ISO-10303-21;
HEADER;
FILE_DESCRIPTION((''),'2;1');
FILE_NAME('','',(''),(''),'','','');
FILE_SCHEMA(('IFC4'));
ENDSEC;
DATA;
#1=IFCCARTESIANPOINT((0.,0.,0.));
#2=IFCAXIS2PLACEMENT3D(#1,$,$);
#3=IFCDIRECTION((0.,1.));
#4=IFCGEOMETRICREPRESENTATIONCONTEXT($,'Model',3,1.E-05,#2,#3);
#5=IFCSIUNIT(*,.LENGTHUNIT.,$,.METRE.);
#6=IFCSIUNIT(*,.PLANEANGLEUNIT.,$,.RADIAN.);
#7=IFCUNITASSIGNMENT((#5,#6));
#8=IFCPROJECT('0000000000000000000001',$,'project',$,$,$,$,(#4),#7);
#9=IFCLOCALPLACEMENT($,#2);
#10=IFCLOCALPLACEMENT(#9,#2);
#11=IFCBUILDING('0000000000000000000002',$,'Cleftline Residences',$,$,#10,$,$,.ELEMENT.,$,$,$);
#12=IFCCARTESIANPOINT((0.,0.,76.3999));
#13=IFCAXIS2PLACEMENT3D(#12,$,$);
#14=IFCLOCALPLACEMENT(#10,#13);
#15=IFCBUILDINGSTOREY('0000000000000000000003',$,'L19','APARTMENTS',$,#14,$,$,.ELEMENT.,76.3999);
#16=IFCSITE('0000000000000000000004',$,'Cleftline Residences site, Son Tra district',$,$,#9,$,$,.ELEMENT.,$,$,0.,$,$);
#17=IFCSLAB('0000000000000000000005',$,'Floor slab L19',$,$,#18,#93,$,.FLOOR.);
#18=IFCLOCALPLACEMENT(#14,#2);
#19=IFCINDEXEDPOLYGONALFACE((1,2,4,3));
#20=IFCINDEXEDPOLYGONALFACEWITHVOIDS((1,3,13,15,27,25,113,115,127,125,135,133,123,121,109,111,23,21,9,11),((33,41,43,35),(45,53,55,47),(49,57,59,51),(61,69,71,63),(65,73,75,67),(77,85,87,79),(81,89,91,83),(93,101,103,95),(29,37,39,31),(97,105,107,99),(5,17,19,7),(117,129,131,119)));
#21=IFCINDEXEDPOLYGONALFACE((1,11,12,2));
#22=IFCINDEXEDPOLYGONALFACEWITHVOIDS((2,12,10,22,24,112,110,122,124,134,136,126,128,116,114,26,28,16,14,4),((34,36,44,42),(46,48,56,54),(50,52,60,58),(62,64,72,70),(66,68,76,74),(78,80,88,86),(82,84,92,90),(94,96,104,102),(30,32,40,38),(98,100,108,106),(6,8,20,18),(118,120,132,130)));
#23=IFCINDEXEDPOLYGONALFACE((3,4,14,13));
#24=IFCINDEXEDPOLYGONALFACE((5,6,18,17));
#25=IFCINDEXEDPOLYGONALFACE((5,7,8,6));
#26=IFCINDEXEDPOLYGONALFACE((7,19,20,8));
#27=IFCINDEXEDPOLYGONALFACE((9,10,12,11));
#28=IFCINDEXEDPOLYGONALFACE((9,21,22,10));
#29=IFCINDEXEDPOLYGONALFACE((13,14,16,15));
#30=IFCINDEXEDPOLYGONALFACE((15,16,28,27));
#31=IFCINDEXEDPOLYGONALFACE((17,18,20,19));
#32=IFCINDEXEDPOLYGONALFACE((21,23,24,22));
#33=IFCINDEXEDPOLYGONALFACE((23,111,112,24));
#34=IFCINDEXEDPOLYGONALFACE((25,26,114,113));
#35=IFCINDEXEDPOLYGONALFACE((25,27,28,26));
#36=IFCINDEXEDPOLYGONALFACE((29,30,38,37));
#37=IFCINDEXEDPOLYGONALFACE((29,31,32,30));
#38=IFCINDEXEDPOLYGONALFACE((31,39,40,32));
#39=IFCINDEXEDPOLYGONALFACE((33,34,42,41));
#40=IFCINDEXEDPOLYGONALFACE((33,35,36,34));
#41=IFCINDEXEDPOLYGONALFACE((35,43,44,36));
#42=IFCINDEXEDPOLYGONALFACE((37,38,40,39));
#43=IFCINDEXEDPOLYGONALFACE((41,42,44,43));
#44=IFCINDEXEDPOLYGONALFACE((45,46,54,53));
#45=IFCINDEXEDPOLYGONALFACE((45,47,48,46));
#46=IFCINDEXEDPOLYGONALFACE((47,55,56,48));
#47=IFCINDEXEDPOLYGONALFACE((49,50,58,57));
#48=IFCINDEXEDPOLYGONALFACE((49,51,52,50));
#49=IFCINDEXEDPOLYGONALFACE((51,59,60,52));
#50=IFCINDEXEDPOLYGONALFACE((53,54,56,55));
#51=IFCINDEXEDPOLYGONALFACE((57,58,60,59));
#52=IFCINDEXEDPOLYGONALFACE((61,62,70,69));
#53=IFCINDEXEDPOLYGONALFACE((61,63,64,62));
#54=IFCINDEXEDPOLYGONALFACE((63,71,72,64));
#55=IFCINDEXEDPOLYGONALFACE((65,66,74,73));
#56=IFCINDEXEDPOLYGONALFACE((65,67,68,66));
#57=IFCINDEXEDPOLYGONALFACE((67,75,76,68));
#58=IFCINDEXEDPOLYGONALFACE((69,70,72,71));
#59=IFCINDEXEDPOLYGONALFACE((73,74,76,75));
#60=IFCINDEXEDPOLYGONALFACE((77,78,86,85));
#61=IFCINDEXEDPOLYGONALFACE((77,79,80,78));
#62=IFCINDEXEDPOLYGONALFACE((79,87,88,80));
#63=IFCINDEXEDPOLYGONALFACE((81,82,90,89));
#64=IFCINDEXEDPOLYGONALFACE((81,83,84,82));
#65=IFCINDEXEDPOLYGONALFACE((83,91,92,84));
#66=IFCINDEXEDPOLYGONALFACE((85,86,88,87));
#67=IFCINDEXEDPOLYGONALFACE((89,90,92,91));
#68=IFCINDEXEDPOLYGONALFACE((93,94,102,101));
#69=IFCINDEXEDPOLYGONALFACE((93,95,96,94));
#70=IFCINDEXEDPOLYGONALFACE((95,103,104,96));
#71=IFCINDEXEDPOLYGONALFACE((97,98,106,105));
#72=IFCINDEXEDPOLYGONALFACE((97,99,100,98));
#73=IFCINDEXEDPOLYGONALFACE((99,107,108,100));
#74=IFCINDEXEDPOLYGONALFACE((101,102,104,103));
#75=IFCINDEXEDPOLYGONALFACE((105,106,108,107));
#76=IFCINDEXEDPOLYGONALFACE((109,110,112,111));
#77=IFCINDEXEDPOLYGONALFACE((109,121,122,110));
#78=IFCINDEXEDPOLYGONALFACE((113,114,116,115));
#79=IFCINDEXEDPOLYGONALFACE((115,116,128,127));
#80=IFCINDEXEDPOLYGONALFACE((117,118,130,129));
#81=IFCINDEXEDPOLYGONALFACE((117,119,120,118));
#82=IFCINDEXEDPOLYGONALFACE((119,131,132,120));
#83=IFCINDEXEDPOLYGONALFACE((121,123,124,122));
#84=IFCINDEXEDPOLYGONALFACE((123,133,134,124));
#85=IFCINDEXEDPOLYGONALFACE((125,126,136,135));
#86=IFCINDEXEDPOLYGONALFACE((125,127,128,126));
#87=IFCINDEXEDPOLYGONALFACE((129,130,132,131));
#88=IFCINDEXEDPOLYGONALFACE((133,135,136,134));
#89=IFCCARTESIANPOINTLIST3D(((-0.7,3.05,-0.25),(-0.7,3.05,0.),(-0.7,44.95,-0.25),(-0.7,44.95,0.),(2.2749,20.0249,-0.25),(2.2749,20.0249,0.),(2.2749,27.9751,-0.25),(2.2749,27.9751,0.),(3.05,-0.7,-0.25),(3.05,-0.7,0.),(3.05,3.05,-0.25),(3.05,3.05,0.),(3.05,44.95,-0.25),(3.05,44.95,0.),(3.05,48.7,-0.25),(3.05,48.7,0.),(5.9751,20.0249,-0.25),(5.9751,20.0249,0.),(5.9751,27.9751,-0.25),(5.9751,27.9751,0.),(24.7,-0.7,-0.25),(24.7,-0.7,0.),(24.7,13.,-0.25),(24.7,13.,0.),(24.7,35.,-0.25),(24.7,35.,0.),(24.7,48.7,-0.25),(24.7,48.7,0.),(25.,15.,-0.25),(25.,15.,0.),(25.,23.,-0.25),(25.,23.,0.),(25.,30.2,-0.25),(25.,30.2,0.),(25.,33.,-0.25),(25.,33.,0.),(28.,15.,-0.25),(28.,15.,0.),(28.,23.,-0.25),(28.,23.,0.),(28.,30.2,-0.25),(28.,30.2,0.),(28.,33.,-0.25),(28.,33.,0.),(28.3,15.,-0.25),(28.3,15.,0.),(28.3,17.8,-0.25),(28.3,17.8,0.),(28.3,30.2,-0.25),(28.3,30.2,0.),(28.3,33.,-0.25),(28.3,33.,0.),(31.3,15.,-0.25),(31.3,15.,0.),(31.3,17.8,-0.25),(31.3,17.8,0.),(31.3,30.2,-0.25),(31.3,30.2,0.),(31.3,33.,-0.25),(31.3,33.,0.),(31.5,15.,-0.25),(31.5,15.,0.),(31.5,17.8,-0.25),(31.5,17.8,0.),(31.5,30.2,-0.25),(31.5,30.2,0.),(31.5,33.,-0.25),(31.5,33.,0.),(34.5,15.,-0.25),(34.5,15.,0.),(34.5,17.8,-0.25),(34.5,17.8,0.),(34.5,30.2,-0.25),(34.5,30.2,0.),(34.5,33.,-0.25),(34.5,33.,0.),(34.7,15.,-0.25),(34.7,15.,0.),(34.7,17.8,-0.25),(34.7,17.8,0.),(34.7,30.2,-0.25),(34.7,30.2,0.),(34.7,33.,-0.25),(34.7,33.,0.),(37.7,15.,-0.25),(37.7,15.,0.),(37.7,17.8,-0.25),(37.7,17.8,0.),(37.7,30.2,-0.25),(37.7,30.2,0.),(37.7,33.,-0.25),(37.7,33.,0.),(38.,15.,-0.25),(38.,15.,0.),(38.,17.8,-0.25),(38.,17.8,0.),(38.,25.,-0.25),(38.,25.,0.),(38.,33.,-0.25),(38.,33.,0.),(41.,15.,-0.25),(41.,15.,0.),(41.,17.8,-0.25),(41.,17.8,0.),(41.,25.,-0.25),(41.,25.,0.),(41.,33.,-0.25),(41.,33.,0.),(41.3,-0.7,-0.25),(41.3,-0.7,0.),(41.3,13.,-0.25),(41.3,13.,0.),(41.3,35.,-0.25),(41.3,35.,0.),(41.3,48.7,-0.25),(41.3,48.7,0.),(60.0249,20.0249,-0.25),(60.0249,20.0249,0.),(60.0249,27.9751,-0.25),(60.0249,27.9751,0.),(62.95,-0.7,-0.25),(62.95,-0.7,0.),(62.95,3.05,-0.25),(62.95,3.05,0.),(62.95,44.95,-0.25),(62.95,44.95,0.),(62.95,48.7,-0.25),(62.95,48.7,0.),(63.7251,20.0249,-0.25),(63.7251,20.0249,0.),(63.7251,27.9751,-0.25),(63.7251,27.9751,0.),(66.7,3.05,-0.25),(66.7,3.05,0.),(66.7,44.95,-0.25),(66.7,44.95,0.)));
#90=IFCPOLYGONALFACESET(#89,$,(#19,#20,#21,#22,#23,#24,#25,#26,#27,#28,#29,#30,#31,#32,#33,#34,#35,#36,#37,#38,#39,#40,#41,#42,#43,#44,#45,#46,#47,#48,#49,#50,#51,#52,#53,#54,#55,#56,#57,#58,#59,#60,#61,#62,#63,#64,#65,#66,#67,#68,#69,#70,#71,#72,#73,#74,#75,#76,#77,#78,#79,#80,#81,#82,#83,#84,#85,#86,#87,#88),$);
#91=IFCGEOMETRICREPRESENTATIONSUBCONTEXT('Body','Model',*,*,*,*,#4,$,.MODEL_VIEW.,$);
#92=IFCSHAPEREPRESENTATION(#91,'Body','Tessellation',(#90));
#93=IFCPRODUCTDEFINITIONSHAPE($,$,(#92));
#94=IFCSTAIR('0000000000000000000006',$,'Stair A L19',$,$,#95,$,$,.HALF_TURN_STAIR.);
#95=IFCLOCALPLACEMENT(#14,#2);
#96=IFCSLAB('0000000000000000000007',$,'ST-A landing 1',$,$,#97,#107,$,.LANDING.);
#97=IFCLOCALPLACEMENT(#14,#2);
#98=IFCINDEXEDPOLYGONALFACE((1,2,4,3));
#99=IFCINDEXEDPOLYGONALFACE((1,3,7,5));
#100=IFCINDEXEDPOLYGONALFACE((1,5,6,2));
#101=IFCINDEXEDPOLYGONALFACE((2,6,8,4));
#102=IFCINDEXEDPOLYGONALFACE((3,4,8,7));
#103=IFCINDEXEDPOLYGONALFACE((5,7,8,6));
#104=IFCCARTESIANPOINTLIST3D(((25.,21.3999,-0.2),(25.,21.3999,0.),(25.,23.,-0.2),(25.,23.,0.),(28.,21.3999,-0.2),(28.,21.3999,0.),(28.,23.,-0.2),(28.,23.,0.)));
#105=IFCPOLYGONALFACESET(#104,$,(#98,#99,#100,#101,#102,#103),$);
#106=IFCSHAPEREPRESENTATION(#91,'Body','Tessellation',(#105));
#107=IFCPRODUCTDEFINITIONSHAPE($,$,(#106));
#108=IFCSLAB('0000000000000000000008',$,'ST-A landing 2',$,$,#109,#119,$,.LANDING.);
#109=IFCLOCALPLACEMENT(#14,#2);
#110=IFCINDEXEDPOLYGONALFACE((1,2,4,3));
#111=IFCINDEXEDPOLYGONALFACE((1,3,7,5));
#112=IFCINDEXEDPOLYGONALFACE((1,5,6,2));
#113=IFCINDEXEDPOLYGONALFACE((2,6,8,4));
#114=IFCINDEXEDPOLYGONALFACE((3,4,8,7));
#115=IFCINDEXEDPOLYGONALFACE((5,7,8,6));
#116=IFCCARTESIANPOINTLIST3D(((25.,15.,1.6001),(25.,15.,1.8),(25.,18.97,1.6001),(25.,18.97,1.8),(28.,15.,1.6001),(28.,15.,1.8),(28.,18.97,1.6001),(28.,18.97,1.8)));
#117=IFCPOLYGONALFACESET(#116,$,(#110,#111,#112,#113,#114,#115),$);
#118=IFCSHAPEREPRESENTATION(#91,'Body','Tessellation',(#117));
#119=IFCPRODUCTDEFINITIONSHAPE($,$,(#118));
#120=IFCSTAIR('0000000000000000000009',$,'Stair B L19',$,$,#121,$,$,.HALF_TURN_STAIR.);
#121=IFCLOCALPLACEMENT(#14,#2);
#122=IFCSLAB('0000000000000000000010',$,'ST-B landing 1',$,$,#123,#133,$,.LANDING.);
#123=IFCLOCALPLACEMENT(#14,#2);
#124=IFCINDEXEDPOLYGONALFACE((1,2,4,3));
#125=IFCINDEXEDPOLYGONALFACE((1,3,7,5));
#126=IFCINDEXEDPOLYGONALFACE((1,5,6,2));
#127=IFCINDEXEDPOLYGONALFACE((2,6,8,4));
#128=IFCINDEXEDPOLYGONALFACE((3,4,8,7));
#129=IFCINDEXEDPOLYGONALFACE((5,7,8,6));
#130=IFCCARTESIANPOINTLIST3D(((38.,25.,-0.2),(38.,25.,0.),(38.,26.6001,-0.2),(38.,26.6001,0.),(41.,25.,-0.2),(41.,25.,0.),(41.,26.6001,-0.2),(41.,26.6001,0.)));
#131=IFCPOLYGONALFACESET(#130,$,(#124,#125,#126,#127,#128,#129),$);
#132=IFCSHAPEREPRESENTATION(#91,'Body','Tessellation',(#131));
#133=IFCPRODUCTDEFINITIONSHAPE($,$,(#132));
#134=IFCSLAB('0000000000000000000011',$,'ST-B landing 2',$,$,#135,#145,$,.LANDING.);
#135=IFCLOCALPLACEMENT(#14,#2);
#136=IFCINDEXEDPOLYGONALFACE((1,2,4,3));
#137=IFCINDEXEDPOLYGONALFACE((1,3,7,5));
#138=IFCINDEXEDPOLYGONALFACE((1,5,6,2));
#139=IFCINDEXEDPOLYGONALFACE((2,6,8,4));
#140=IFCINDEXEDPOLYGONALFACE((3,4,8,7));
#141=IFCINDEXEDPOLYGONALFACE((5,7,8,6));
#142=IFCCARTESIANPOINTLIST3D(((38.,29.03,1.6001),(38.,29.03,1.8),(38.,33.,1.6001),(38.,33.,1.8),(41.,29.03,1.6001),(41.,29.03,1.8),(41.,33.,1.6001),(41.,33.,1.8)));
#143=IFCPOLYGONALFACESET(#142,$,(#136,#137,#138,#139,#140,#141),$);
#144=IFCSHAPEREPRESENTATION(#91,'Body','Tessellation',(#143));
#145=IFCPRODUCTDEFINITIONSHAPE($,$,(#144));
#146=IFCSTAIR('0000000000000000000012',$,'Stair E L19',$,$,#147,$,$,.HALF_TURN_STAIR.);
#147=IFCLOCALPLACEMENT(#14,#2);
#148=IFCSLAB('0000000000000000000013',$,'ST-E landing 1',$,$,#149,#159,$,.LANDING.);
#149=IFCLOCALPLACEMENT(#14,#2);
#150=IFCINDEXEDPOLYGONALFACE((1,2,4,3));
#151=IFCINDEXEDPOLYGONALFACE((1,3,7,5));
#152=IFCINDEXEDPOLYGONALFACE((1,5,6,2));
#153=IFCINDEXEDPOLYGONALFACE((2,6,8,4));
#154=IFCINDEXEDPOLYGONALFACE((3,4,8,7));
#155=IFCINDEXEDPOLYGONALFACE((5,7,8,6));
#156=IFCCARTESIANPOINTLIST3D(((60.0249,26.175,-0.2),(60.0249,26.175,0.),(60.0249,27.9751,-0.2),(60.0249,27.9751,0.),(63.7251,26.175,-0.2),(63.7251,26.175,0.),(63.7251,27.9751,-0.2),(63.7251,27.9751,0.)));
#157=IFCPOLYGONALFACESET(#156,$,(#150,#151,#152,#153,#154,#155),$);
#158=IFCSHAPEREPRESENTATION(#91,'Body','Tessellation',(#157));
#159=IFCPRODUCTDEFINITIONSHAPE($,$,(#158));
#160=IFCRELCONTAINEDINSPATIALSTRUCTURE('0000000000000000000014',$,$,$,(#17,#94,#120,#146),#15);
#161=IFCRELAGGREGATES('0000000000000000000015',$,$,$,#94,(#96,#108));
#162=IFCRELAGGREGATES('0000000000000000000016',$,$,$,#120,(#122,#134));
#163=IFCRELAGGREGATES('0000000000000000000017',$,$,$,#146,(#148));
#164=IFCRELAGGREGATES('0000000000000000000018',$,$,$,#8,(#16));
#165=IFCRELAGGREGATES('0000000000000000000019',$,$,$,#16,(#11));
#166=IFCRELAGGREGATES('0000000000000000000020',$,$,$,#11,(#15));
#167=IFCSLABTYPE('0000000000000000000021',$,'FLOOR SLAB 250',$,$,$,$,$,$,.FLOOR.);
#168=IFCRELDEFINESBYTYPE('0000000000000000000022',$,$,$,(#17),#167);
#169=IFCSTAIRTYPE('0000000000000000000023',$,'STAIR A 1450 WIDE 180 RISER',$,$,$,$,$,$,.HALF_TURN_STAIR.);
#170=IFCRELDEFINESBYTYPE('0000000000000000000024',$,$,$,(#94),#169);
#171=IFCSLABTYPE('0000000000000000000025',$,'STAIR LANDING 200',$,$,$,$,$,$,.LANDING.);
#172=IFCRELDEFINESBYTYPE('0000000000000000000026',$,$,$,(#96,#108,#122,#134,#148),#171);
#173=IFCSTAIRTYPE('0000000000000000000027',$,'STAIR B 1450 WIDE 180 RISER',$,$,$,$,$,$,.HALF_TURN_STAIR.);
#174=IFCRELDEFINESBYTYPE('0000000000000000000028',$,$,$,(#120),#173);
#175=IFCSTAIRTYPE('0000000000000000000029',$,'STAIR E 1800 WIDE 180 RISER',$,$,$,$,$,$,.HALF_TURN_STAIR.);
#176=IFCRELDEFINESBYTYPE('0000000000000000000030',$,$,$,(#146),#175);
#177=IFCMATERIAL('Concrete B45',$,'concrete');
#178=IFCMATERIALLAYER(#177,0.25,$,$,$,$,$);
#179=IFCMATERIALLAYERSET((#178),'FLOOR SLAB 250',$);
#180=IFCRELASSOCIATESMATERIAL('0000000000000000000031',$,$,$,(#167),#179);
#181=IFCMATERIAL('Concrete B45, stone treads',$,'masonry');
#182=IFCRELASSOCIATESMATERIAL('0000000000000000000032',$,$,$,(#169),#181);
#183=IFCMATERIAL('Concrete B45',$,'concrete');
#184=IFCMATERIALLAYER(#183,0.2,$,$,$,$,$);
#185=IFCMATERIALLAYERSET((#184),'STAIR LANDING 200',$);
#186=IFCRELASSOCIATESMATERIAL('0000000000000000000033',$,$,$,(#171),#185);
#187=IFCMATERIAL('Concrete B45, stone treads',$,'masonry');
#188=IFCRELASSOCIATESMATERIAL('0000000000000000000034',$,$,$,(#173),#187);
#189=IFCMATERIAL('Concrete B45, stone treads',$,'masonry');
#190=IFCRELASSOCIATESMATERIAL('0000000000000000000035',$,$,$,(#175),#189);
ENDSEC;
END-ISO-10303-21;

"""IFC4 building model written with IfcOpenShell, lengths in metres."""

from ifc_helpers import new_model, si_unit, direction, frame, origin, place, context, subcontext, project, spatial, polyline, outline, extrude, material, layer, layer_set, type_object, element, aggregate, save


model = new_model("IFC4")

# Units and contexts
model_context = context("Model", 3, precision=1e-05, world=origin(), true_north=direction((0.0, 1.0)))
body_context = subcontext(model_context, "Body", "Model", "MODEL_VIEW")
ifc_project = project(units=[si_unit("LENGTHUNIT", "METRE"), si_unit("PLANEANGLEUNIT", "RADIAN")], contexts=[model_context])

# Site, building, storey
site_placement = place(None, origin())
site = spatial("IfcSite", under=ifc_project, at=site_placement, Name="Cleftline Residences site, Son Tra district", CompositionType="ELEMENT", RefElevation=0.0)
building_placement = place(site_placement, origin())
building = spatial("IfcBuilding", under=site, at=building_placement, Name="Cleftline Residences", CompositionType="ELEMENT")
storey_placement = place(building_placement, frame((0.0, 0.0, 76.3999)))
storey = spatial("IfcBuildingStorey", under=building, at=storey_placement, Name="L19", Description="APARTMENTS", CompositionType="ELEMENT", Elevation=76.3999)

# Slab
ifc_material_1 = material(Name="Concrete B45", Category="concrete")
ifc_layer_1 = layer(ifc_material_1, 0.25)
ifc_layer_set_1 = layer_set([ifc_layer_1], Name="FLOOR SLAB 250")
slab_type_1 = type_object("IfcSlabType", Name="FLOOR SLAB 250", PredefinedType="FLOOR", material=ifc_layer_set_1)
slab_1_placement = place(storey_placement, frame((0.0, 0.0, -0.25)))
element("IfcSlab", 1, at=slab_1_placement, inside=storey, type_object=slab_type_1, Name="Floor slab L19", PredefinedType="FLOOR", context=body_context, shape_type="SweptSolid", body=[
    extrude(outline(polyline([(24.7, 13.0), (41.3, 13.0), (41.3, -0.7), (62.95, -0.7), (62.95, 3.05), (66.7, 3.05), (66.7, 44.95), (62.95, 44.95), (62.95, 48.7), (41.3, 48.7), (41.3, 35.0), (24.7, 35.0), (24.7, 48.7), (3.05, 48.7), (3.05, 44.95), (-0.7, 44.95), (-0.7, 3.05), (3.05, 3.05), (3.05, -0.7), (24.7, -0.7), (24.7, 13.0)]), holes=[polyline([(28.0, 15.0), (28.0, 23.0), (25.0, 23.0), (25.0, 15.0), (28.0, 15.0)]), polyline([(41.0, 25.0), (41.0, 33.0), (38.0, 33.0), (38.0, 25.0), (41.0, 25.0)]), polyline([(28.0, 30.2), (28.0, 33.0), (25.0, 33.0), (25.0, 30.2), (28.0, 30.2)]), polyline([(41.0, 15.0), (41.0, 17.8), (38.0, 17.8), (38.0, 15.0), (41.0, 15.0)]), polyline([(31.3, 15.0), (31.3, 17.8), (28.3, 17.8), (28.3, 15.0), (31.3, 15.0)]), polyline([(34.5, 15.0), (34.5, 17.8), (31.5, 17.8), (31.5, 15.0), (34.5, 15.0)]), polyline([(37.7, 15.0), (37.7, 17.8), (34.7, 17.8), (34.7, 15.0), (37.7, 15.0)]), polyline([(31.3, 30.2), (31.3, 33.0), (28.3, 33.0), (28.3, 30.2), (31.3, 30.2)]), polyline([(34.5, 30.2), (34.5, 33.0), (31.5, 33.0), (31.5, 30.2), (34.5, 30.2)]), polyline([(37.7, 30.2), (37.7, 33.0), (34.7, 33.0), (34.7, 30.2), (37.7, 30.2)]), polyline([(63.7251, 20.0249), (63.7251, 27.9751), (60.0249, 27.9751), (60.0249, 20.0249), (63.7251, 20.0249)]), polyline([(5.9751, 20.0249), (5.9751, 27.9751), (2.2749, 27.9751), (2.2749, 20.0249), (5.9751, 20.0249)])]), origin(), (0.0, 0.0, 1.0), 0.25),
])

# Stairs, slabs
ifc_material_2 = material(Name="Concrete B45, stone treads", Category="masonry")
stair_type_1 = type_object("IfcStairType", Name="STAIR A 1450 WIDE 180 RISER", PredefinedType="HALF_TURN_STAIR", material=ifc_material_2)
stair_1_placement = place(storey_placement, origin())
stair_1 = element("IfcStair", 2, at=stair_1_placement, inside=storey, type_object=stair_type_1, Name="Stair A L19", PredefinedType="HALF_TURN_STAIR")
ifc_material_3 = material(Name="Concrete B45", Category="concrete")
ifc_layer_2 = layer(ifc_material_3, 0.2)
ifc_layer_set_2 = layer_set([ifc_layer_2], Name="STAIR LANDING 200")
slab_type_2 = type_object("IfcSlabType", Name="STAIR LANDING 200", PredefinedType="LANDING", material=ifc_layer_set_2)
slab_2_placement = place(storey_placement, frame((0.0, 0.0, -0.2)))
slab_2 = element("IfcSlab", 3, at=slab_2_placement, type_object=slab_type_2, Name="ST-A landing 1", PredefinedType="LANDING", context=body_context, shape_type="SweptSolid", body=[
    extrude(outline(polyline([(25.0, 21.3999), (28.0, 21.3999), (28.0, 23.0), (25.0, 23.0), (25.0, 21.3999)])), origin(), (0.0, 0.0, 1.0), 0.2),
])
slab_3_placement = place(storey_placement, frame((0.0, 0.0, 1.6001)))
slab_3 = element("IfcSlab", 4, at=slab_3_placement, type_object=slab_type_2, Name="ST-A landing 2", PredefinedType="LANDING", context=body_context, shape_type="SweptSolid", body=[
    extrude(outline(polyline([(25.0, 15.0), (28.0, 15.0), (28.0, 18.97), (25.0, 18.97), (25.0, 15.0)])), origin(), (0.0, 0.0, 1.0), 0.2),
])
aggregate(stair_1, [slab_2, slab_3])
ifc_material_4 = material(Name="Concrete B45, stone treads", Category="masonry")
stair_type_2 = type_object("IfcStairType", Name="STAIR B 1450 WIDE 180 RISER", PredefinedType="HALF_TURN_STAIR", material=ifc_material_4)
stair_2_placement = place(storey_placement, origin())
stair_2 = element("IfcStair", 5, at=stair_2_placement, inside=storey, type_object=stair_type_2, Name="Stair B L19", PredefinedType="HALF_TURN_STAIR")
slab_4_placement = place(storey_placement, frame((0.0, 0.0, -0.2)))
slab_4 = element("IfcSlab", 6, at=slab_4_placement, type_object=slab_type_2, Name="ST-B landing 1", PredefinedType="LANDING", context=body_context, shape_type="SweptSolid", body=[
    extrude(outline(polyline([(38.0, 25.0), (41.0, 25.0), (41.0, 26.6001), (38.0, 26.6001), (38.0, 25.0)])), origin(), (0.0, 0.0, 1.0), 0.2),
])
slab_5_placement = place(storey_placement, frame((0.0, 0.0, 1.6001)))
slab_5 = element("IfcSlab", 7, at=slab_5_placement, type_object=slab_type_2, Name="ST-B landing 2", PredefinedType="LANDING", context=body_context, shape_type="SweptSolid", body=[
    extrude(outline(polyline([(38.0, 29.03), (41.0, 29.03), (41.0, 33.0), (38.0, 33.0), (38.0, 29.03)])), origin(), (0.0, 0.0, 1.0), 0.2),
])
aggregate(stair_2, [slab_4, slab_5])

# Stair, slab
ifc_material_5 = material(Name="Concrete B45, stone treads", Category="masonry")
stair_type_3 = type_object("IfcStairType", Name="STAIR E 1800 WIDE 180 RISER", PredefinedType="HALF_TURN_STAIR", material=ifc_material_5)
stair_3_placement = place(storey_placement, origin())
stair_3 = element("IfcStair", 8, at=stair_3_placement, inside=storey, type_object=stair_type_3, Name="Stair E L19", PredefinedType="HALF_TURN_STAIR")
slab_6_placement = place(storey_placement, frame((0.0, 0.0, -0.2)))
slab_6 = element("IfcSlab", 9, at=slab_6_placement, type_object=slab_type_2, Name="ST-E landing 1", PredefinedType="LANDING", context=body_context, shape_type="SweptSolid", body=[
    extrude(outline(polyline([(60.0249, 26.175), (63.7251, 26.175), (63.7251, 27.9751), (60.0249, 27.9751), (60.0249, 26.175)])), origin(), (0.0, 0.0, 1.0), 0.2),
])
aggregate(stair_3, [slab_6])

save(model, "model.ifc")
